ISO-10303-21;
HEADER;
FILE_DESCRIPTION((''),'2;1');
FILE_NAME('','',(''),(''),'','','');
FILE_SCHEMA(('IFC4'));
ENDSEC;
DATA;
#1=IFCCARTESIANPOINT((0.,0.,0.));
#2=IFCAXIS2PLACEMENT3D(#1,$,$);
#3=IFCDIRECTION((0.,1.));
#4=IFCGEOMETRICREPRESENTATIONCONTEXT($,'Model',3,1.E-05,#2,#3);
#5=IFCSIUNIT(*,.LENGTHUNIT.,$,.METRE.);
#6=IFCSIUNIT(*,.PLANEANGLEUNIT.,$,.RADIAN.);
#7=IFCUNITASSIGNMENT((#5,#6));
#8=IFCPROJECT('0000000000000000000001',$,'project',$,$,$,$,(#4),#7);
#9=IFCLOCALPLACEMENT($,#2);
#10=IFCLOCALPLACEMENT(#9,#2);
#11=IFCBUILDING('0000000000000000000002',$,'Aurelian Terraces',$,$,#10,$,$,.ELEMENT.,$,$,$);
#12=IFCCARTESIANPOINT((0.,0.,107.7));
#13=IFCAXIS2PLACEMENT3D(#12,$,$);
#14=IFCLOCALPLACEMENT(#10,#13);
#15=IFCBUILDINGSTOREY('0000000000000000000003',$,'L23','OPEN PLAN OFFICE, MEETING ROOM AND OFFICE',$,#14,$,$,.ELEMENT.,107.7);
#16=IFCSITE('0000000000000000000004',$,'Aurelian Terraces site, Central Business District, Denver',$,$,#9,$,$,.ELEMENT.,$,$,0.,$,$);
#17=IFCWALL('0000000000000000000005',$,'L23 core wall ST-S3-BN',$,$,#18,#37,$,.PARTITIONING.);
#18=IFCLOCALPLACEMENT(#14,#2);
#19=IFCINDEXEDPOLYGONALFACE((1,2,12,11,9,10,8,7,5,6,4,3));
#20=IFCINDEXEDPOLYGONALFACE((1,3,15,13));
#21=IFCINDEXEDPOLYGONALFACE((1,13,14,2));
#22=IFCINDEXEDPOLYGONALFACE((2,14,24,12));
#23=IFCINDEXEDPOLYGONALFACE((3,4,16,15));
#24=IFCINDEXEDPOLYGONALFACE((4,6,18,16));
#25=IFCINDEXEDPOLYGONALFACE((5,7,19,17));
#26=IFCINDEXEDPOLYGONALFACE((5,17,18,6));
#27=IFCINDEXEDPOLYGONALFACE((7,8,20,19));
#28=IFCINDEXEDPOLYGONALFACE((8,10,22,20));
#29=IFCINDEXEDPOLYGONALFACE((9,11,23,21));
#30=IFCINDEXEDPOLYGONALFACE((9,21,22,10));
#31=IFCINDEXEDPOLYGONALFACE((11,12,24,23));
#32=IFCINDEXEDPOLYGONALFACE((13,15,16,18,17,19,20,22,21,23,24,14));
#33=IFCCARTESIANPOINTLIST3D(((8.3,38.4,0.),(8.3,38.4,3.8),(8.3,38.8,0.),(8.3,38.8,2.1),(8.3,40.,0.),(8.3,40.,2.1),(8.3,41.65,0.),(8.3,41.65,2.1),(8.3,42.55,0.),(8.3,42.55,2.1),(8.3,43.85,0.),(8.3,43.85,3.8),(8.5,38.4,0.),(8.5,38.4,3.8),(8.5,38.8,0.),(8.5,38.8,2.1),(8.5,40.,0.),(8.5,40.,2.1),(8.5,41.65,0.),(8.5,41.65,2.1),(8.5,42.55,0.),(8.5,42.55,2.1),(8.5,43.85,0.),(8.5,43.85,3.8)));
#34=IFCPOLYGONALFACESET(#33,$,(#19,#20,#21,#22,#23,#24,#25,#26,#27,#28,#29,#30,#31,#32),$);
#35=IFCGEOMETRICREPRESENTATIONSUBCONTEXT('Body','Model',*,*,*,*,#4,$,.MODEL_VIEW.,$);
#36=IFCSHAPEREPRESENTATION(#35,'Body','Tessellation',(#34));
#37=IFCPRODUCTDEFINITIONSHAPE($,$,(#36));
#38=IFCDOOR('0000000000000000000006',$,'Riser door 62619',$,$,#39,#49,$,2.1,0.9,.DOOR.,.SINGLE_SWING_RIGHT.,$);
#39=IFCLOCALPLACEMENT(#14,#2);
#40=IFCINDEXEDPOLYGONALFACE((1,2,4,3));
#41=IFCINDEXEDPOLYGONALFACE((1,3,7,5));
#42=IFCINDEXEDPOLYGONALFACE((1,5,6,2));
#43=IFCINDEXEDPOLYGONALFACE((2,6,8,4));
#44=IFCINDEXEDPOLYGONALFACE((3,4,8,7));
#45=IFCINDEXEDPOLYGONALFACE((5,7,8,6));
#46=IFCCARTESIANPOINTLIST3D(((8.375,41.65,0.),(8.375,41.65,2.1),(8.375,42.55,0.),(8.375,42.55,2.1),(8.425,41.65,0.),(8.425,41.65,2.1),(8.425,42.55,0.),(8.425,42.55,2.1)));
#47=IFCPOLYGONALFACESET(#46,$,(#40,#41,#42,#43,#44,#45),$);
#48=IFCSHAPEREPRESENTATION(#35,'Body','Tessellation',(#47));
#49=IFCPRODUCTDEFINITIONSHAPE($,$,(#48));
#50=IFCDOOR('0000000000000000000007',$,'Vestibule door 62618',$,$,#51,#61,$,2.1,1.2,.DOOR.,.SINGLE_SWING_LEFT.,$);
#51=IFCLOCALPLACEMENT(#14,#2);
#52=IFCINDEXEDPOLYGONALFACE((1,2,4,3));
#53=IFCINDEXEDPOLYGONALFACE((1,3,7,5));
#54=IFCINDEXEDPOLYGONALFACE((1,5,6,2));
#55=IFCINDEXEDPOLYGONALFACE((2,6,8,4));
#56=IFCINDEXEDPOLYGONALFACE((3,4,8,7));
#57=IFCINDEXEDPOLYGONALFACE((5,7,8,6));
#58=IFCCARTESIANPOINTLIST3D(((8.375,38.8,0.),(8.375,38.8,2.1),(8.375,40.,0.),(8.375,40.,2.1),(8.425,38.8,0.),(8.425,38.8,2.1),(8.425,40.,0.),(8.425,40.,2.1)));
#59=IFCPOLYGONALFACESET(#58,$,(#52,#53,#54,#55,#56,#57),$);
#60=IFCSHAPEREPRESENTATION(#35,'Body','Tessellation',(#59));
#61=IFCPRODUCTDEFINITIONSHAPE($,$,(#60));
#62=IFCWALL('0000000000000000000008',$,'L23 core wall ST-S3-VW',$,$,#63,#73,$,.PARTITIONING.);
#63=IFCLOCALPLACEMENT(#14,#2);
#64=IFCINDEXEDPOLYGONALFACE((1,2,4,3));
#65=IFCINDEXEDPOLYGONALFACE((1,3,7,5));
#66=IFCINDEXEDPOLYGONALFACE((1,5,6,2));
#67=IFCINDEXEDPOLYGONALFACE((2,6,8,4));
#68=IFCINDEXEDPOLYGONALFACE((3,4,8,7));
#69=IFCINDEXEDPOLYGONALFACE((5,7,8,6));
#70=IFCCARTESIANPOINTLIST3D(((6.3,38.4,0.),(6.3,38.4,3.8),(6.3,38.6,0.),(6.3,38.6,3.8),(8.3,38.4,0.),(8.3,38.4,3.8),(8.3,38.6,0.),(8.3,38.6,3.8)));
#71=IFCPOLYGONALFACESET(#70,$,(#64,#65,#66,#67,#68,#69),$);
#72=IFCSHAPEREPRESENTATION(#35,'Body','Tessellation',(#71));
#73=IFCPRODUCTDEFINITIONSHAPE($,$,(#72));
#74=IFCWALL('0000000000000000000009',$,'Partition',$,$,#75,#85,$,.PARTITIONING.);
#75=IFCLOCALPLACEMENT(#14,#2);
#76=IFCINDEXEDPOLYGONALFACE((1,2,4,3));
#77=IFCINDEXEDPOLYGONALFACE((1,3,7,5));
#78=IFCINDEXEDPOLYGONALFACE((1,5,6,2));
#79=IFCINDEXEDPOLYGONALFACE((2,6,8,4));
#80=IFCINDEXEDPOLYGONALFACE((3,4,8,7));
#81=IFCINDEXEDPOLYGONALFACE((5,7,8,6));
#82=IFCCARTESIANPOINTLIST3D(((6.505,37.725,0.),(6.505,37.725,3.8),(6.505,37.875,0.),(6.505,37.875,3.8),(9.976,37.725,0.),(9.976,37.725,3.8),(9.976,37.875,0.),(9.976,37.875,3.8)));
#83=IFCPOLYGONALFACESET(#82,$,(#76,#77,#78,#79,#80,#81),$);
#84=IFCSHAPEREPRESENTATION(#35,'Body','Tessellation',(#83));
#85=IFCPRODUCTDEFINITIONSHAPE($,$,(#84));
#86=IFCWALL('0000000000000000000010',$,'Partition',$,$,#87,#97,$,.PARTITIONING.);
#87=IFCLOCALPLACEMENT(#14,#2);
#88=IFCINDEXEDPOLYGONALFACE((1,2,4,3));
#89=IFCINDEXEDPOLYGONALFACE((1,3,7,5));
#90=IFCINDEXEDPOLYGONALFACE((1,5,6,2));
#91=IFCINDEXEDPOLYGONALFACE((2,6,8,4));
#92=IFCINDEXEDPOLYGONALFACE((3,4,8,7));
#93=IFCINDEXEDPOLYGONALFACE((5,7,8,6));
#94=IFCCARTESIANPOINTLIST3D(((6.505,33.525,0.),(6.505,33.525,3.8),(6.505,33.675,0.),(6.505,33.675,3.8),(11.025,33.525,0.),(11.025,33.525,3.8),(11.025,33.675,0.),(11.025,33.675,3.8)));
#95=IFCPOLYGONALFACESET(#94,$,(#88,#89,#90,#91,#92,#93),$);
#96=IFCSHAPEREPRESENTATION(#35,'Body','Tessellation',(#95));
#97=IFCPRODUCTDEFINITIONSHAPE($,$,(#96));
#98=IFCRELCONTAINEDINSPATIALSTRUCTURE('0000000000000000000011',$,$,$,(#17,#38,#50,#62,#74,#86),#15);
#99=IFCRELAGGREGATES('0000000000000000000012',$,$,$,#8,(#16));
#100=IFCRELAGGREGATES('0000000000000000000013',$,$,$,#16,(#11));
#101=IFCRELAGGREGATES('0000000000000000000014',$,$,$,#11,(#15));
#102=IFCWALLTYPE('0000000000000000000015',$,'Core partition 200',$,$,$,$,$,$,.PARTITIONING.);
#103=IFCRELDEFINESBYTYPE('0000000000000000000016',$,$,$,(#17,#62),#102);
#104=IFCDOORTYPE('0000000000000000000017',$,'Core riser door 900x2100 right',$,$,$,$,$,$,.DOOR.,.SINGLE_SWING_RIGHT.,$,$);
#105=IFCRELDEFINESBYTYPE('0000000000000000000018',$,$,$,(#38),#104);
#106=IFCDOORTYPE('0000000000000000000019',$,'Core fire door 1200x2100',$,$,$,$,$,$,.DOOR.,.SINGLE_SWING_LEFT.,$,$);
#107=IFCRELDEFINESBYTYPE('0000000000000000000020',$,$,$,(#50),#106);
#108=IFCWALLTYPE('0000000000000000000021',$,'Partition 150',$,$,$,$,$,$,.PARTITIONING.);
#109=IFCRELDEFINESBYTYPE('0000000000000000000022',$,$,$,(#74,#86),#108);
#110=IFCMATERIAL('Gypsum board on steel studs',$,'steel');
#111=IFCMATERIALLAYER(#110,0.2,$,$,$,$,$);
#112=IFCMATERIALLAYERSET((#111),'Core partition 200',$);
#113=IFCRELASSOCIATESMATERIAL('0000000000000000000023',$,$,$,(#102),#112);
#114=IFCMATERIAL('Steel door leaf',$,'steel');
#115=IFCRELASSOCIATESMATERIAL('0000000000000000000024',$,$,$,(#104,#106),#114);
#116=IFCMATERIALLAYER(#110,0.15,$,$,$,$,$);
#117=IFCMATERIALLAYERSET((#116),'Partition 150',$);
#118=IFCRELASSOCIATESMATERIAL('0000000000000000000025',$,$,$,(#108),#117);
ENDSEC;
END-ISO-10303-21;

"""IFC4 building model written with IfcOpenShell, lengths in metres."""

from ifc_helpers import new_model, si_unit, direction, frame, frame_2d, origin, place, context, subcontext, project, spatial, rectangle, extrude, source, transform, mapped, material, layer, layer_set, type_object, element, fill, save


model = new_model("IFC4")

# Units and contexts
model_context = context("Model", 3, precision=1e-05, world=origin(), true_north=direction((0.0, 1.0)))
body_context = subcontext(model_context, "Body", "Model", "MODEL_VIEW")
ifc_project = project(units=[si_unit("LENGTHUNIT", "METRE"), si_unit("PLANEANGLEUNIT", "RADIAN")], contexts=[model_context])

# Site, building, storey
site_placement = place(None, origin())
site = spatial("IfcSite", under=ifc_project, at=site_placement, Name="Aurelian Terraces site, Central Business District, Denver", CompositionType="ELEMENT", RefElevation=0.0)
building_placement = place(site_placement, origin())
building = spatial("IfcBuilding", under=site, at=building_placement, Name="Aurelian Terraces", CompositionType="ELEMENT")
storey_placement = place(building_placement, frame((0.0, 0.0, 107.7)))
storey = spatial("IfcBuildingStorey", under=building, at=storey_placement, Name="L23", Description="OPEN PLAN OFFICE, MEETING ROOM AND OFFICE", CompositionType="ELEMENT", Elevation=107.7)

# Wall, openings, doors
ifc_material_1 = material(Name="Gypsum board on steel studs", Category="steel")
ifc_layer_1 = layer(ifc_material_1, 0.2)
ifc_layer_set_1 = layer_set([ifc_layer_1], Name="Core partition 200")
wall_type_1 = type_object("IfcWallType", Name="Core partition 200", PredefinedType="PARTITIONING", material=ifc_layer_set_1)
shared_shape_1 = source(origin(), body_context, "Body", "SweptSolid", [
    extrude(rectangle(XDim=5.45, YDim=0.2, at=frame_2d((2.725, 0.0))), origin(), (0.0, 0.0, 1.0), 3.8),
])
wall_1_placement = place(storey_placement, frame((8.4, 38.4, 0.0), z_axis=(0.0, 0.0, 1.0), x_axis=(0.0, 1.0, 0.0)))
wall_1 = element("IfcWall", 1, at=wall_1_placement, inside=storey, type_object=wall_type_1, Name="L23 core wall ST-S3-BN", PredefinedType="PARTITIONING", context=body_context, shape_type="MappedRepresentation", body=[
    mapped(shared_shape_1, transform((0.0, 0.0, 0.0), scale=1.0)),
])
shared_shape_2 = source(origin(), body_context, "Body", "SweptSolid", [
    extrude(rectangle(XDim=1.2, YDim=2.1, at=frame_2d((0.6, 1.05))), frame((0.0, 0.11, 0.0), z_axis=(0.0, -1.0, 0.0), x_axis=(1.0, 0.0, 0.0)), (0.0, 0.0, 1.0), 0.22),
])
opening_1_placement = place(wall_1_placement, frame((0.4, 0.0, 0.0)))
opening_1 = element("IfcOpeningElement", 2, at=opening_1_placement, cuts=wall_1, PredefinedType="OPENING", context=body_context, shape_type="MappedRepresentation", body=[
    mapped(shared_shape_2, transform((0.0, 0.0, 0.0), scale=1.0)),
])
shared_shape_3 = source(origin(), body_context, "Body", "SweptSolid", [
    extrude(rectangle(XDim=0.9, YDim=2.1, at=frame_2d((0.45, 1.05))), frame((0.0, 0.11, 0.0), z_axis=(0.0, -1.0, 0.0), x_axis=(1.0, 0.0, 0.0)), (0.0, 0.0, 1.0), 0.22),
])
opening_2_placement = place(wall_1_placement, frame((3.25, 0.0, 0.0)))
opening_2 = element("IfcOpeningElement", 3, at=opening_2_placement, cuts=wall_1, PredefinedType="OPENING", context=body_context, shape_type="MappedRepresentation", body=[
    mapped(shared_shape_3, transform((0.0, 0.0, 0.0), scale=1.0)),
])
ifc_material_2 = material(Name="Steel door leaf", Category="steel")
door_type_1 = type_object("IfcDoorType", Name="Core riser door 900x2100 right", OperationType="SINGLE_SWING_RIGHT", PredefinedType="DOOR", material=ifc_material_2)
shared_shape_4 = source(origin(), body_context, "Body", "SweptSolid", [
    extrude(rectangle(XDim=0.9, YDim=2.1, at=frame_2d((0.45, 1.05))), frame((0.0, 0.025, 0.0), z_axis=(0.0, -1.0, 0.0), x_axis=(1.0, 0.0, 0.0)), (0.0, 0.0, 1.0), 0.05),
])
door_1_placement = place(opening_2_placement, origin())
door_1 = element("IfcDoor", 4, at=door_1_placement, inside=storey, type_object=door_type_1, Name="Riser door 62619", OperationType="SINGLE_SWING_RIGHT", OverallHeight=2.1, OverallWidth=0.9, PredefinedType="DOOR", context=body_context, shape_type="MappedRepresentation", body=[
    mapped(shared_shape_4, transform((0.0, 0.0, 0.0), scale=1.0)),
])
fill(opening_2, door_1)
door_type_2 = type_object("IfcDoorType", Name="Core fire door 1200x2100", OperationType="SINGLE_SWING_LEFT", PredefinedType="DOOR", material=ifc_material_2)
shared_shape_5 = source(origin(), body_context, "Body", "SweptSolid", [
    extrude(rectangle(XDim=1.2, YDim=2.1, at=frame_2d((0.6, 1.05))), frame((0.0, 0.025, 0.0), z_axis=(0.0, -1.0, 0.0), x_axis=(1.0, 0.0, 0.0)), (0.0, 0.0, 1.0), 0.05),
])
door_2_placement = place(opening_1_placement, origin())
door_2 = element("IfcDoor", 5, at=door_2_placement, inside=storey, type_object=door_type_2, Name="Vestibule door 62618", OperationType="SINGLE_SWING_LEFT", OverallHeight=2.1, OverallWidth=1.2, PredefinedType="DOOR", context=body_context, shape_type="MappedRepresentation", body=[
    mapped(shared_shape_5, transform((0.0, 0.0, 0.0), scale=1.0)),
])
fill(opening_1, door_2)

# Walls
shared_shape_6 = source(origin(), body_context, "Body", "SweptSolid", [
    extrude(rectangle(XDim=2.0, YDim=0.2, at=frame_2d((1.0, 0.0))), origin(), (0.0, 0.0, 1.0), 3.8),
])
wall_2_placement = place(storey_placement, frame((6.3, 38.5, 0.0), z_axis=(0.0, 0.0, 1.0), x_axis=(1.0, 0.0, 0.0)))
element("IfcWall", 6, at=wall_2_placement, inside=storey, type_object=wall_type_1, Name="L23 core wall ST-S3-VW", PredefinedType="PARTITIONING", context=body_context, shape_type="MappedRepresentation", body=[
    mapped(shared_shape_6, transform((0.0, 0.0, 0.0), scale=1.0)),
])
ifc_layer_2 = layer(ifc_material_1, 0.15)
ifc_layer_set_2 = layer_set([ifc_layer_2], Name="Partition 150")
wall_type_2 = type_object("IfcWallType", Name="Partition 150", PredefinedType="PARTITIONING", material=ifc_layer_set_2)
shared_shape_7 = source(origin(), body_context, "Body", "SweptSolid", [
    extrude(rectangle(XDim=3.471, YDim=0.15, at=frame_2d((1.7355, 0.0))), origin(), (0.0, 0.0, 1.0), 3.8),
])
wall_3_placement = place(storey_placement, frame((9.976, 37.8, 0.0), z_axis=(0.0, 0.0, 1.0), x_axis=(-1.0, 0.0, 0.0)))
element("IfcWall", 7, at=wall_3_placement, inside=storey, type_object=wall_type_2, Name="Partition", PredefinedType="PARTITIONING", context=body_context, shape_type="MappedRepresentation", body=[
    mapped(shared_shape_7, transform((0.0, 0.0, 0.0), scale=1.0)),
])
shared_shape_8 = source(origin(), body_context, "Body", "SweptSolid", [
    extrude(rectangle(XDim=4.52, YDim=0.15, at=frame_2d((2.26, 0.0))), origin(), (0.0, 0.0, 1.0), 3.8),
])
wall_4_placement = place(storey_placement, frame((11.025, 33.6, 0.0), z_axis=(0.0, 0.0, 1.0), x_axis=(-1.0, 0.0, 0.0)))
element("IfcWall", 8, at=wall_4_placement, inside=storey, type_object=wall_type_2, Name="Partition", PredefinedType="PARTITIONING", context=body_context, shape_type="MappedRepresentation", body=[
    mapped(shared_shape_8, transform((0.0, 0.0, 0.0), scale=1.0)),
])

save(model, "model.ifc")
